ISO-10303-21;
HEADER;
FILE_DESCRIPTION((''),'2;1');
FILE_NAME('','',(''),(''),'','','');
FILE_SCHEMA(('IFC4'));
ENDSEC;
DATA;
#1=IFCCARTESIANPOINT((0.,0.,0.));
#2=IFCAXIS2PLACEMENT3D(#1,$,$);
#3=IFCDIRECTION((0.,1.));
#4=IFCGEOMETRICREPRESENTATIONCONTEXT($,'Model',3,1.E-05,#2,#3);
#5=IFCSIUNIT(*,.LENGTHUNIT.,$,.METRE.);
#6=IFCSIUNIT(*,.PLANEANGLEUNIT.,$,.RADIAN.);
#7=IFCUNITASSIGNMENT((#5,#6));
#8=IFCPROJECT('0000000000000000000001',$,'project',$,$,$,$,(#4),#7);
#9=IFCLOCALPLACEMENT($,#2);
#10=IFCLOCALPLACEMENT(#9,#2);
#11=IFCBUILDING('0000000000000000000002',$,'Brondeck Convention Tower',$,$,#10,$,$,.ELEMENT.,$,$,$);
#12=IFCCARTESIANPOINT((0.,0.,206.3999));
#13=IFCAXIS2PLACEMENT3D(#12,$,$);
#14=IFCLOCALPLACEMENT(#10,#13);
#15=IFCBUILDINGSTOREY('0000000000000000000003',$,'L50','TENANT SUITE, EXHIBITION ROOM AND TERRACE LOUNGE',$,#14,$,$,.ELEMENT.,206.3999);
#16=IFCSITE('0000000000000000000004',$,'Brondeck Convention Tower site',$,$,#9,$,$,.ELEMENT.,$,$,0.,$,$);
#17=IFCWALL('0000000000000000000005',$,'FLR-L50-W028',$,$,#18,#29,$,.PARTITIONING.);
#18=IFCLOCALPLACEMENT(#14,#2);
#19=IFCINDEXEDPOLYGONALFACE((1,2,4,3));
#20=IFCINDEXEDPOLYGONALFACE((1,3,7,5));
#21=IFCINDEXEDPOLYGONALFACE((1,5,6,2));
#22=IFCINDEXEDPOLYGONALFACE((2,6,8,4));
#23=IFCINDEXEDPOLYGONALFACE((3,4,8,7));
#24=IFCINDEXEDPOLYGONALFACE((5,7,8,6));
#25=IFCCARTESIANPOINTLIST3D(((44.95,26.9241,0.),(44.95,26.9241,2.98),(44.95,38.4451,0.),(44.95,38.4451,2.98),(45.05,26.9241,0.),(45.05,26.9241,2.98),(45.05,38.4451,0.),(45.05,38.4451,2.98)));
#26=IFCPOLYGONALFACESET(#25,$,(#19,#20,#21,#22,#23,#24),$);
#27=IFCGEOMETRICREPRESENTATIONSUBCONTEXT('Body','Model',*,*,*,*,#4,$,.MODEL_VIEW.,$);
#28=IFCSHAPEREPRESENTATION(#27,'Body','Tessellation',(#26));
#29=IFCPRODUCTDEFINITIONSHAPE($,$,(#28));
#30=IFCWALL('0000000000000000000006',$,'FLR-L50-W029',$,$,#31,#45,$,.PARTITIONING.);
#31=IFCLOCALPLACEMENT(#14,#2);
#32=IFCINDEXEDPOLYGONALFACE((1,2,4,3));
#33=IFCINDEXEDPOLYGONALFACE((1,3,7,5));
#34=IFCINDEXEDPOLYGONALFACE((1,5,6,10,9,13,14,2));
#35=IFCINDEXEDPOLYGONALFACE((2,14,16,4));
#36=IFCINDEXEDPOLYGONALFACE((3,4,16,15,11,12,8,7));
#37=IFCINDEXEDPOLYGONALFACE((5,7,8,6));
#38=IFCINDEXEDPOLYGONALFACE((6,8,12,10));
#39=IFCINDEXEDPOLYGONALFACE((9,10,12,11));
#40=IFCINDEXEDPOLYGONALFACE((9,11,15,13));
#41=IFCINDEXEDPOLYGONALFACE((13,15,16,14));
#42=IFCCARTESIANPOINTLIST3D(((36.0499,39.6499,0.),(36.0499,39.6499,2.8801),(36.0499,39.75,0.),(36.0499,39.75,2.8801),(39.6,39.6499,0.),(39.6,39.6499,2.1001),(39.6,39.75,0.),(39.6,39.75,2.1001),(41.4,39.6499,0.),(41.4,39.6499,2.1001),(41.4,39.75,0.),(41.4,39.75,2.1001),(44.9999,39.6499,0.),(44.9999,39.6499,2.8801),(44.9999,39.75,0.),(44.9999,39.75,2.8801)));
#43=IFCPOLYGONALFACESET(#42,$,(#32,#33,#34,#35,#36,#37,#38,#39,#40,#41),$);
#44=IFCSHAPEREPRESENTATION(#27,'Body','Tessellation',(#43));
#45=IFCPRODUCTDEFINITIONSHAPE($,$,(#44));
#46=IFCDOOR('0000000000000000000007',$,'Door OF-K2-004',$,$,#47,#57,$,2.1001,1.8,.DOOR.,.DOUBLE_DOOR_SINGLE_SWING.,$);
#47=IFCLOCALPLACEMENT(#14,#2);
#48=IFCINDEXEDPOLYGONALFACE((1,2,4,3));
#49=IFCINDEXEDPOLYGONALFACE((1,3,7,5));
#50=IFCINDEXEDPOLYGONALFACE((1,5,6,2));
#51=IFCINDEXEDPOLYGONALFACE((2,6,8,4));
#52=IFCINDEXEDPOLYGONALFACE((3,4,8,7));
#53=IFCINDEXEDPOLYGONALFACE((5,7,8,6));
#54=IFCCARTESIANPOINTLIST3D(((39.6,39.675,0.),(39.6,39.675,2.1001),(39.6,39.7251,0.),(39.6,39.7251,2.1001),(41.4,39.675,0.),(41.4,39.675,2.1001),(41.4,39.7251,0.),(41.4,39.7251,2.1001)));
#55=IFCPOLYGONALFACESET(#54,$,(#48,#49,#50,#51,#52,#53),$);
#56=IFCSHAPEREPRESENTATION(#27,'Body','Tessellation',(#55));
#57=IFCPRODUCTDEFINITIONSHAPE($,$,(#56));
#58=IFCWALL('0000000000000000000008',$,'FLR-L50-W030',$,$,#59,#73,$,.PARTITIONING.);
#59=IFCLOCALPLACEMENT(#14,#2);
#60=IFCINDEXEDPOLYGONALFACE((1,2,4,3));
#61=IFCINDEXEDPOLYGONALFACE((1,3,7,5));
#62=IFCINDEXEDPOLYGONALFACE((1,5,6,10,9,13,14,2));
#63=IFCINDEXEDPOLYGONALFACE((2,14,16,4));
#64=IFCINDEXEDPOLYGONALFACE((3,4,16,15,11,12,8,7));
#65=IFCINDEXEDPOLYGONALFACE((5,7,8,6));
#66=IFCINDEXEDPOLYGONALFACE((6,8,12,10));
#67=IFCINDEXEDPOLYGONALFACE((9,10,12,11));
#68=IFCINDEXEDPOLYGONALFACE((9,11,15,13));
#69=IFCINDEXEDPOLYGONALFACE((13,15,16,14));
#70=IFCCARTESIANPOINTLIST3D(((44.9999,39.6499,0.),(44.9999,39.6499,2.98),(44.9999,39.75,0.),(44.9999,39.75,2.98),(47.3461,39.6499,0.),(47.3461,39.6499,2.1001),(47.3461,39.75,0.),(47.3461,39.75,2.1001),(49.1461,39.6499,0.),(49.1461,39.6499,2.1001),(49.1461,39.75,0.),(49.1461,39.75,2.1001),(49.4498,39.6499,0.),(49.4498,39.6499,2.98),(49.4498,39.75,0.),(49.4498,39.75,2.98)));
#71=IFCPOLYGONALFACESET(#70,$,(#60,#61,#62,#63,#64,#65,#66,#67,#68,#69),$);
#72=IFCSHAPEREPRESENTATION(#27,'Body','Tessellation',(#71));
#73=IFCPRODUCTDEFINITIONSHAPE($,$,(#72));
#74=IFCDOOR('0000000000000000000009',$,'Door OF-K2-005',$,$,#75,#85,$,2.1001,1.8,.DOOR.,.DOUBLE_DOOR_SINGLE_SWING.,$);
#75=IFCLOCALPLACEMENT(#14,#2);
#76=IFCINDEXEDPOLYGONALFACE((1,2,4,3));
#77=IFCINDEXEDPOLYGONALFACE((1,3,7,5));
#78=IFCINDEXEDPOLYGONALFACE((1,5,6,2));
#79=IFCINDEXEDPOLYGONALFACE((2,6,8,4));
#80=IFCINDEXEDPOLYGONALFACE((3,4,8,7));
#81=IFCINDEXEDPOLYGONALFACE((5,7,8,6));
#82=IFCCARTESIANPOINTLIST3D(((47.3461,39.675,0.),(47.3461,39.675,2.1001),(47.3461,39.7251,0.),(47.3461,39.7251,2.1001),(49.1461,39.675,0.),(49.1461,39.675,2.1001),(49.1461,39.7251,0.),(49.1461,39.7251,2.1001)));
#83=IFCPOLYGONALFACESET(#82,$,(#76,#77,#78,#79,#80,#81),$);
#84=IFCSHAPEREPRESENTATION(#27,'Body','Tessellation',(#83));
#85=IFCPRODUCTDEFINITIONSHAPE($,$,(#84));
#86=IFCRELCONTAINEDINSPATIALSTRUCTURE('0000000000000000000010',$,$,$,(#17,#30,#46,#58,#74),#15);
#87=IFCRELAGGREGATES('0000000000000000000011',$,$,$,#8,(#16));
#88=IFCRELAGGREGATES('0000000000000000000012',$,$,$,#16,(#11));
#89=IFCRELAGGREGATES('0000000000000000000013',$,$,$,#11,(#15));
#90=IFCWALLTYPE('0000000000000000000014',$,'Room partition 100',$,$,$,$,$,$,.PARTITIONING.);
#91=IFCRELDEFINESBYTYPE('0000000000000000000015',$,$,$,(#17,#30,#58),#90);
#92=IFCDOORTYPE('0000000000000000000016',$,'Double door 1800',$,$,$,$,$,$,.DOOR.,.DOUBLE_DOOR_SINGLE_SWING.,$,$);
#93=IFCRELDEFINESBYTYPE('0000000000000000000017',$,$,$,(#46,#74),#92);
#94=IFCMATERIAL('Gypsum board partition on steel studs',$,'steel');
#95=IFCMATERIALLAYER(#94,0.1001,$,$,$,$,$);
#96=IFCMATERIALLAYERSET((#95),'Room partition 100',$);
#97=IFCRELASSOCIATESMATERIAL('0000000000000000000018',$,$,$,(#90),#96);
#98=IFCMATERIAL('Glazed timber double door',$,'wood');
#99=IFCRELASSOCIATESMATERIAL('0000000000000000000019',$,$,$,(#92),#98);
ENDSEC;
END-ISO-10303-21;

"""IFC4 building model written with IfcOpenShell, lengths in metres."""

from ifc_helpers import new_model, si_unit, direction, frame, frame_2d, origin, place, context, subcontext, project, spatial, rectangle, extrude, material, layer, layer_set, type_object, element, fill, save


model = new_model("IFC4")

# Units and contexts
model_context = context("Model", 3, precision=1e-05, world=origin(), true_north=direction((0.0, 1.0)))
body_context = subcontext(model_context, "Body", "Model", "MODEL_VIEW")
ifc_project = project(units=[si_unit("LENGTHUNIT", "METRE"), si_unit("PLANEANGLEUNIT", "RADIAN")], contexts=[model_context])

# Site, building, storey
site_placement = place(None, origin())
site = spatial("IfcSite", under=ifc_project, at=site_placement, Name="Brondeck Convention Tower site", CompositionType="ELEMENT", RefElevation=0.0)
building_placement = place(site_placement, origin())
building = spatial("IfcBuilding", under=site, at=building_placement, Name="Brondeck Convention Tower", CompositionType="ELEMENT")
storey_placement = place(building_placement, frame((0.0, 0.0, 206.3999)))
storey = spatial("IfcBuildingStorey", under=building, at=storey_placement, Name="L50", Description="TENANT SUITE, EXHIBITION ROOM AND TERRACE LOUNGE", CompositionType="ELEMENT", Elevation=206.3999)

# Wall
ifc_material_1 = material(Name="Gypsum board partition on steel studs", Category="steel")
ifc_layer_1 = layer(ifc_material_1, 0.1001)
ifc_layer_set_1 = layer_set([ifc_layer_1], Name="Room partition 100")
wall_type_1 = type_object("IfcWallType", Name="Room partition 100", PredefinedType="PARTITIONING", material=ifc_layer_set_1)
wall_1_placement = place(storey_placement, frame((45.0, 38.4451, 0.0), z_axis=(0.0, 0.0, 1.0), x_axis=(0.0, -1.0, 0.0)))
element("IfcWall", 1, at=wall_1_placement, inside=storey, type_object=wall_type_1, Name="FLR-L50-W028", PredefinedType="PARTITIONING", context=body_context, shape_type="SweptSolid", body=[
    extrude(rectangle(XDim=11.521, YDim=0.1001, at=frame_2d((5.7605, 0.0))), origin(), (0.0, 0.0, 1.0), 2.98),
])

# Walls, openings, doors
wall_2_placement = place(storey_placement, frame((45.0, 39.7, 0.0), z_axis=(0.0, 0.0, 1.0), x_axis=(-1.0, 0.0, 0.0)))
wall_2 = element("IfcWall", 2, at=wall_2_placement, inside=storey, type_object=wall_type_1, Name="FLR-L50-W029", PredefinedType="PARTITIONING", context=body_context, shape_type="SweptSolid", body=[
    extrude(rectangle(XDim=8.95, YDim=0.1001, at=frame_2d((4.4751, 0.0))), origin(), (0.0, 0.0, 1.0), 2.8801),
])
opening_1_placement = place(wall_2_placement, frame((3.6001, 0.0, 0.0)))
opening_1 = element("IfcOpeningElement", 3, at=opening_1_placement, cuts=wall_2, PredefinedType="OPENING", context=body_context, shape_type="SweptSolid", body=[
    extrude(rectangle(XDim=1.8, YDim=2.1001, at=frame_2d((0.8999, 1.05))), frame((0.0, 0.0601, 0.0), z_axis=(0.0, -1.0, 0.0), x_axis=(1.0, 0.0, 0.0)), (0.0, 0.0, 1.0), 0.1201),
])
ifc_material_2 = material(Name="Glazed timber double door", Category="wood")
door_type = type_object("IfcDoorType", Name="Double door 1800", OperationType="DOUBLE_DOOR_SINGLE_SWING", PredefinedType="DOOR", material=ifc_material_2)
door_1_placement = place(opening_1_placement, origin())
door_1 = element("IfcDoor", 4, at=door_1_placement, inside=storey, type_object=door_type, Name="Door OF-K2-004", OperationType="DOUBLE_DOOR_SINGLE_SWING", OverallHeight=2.1001, OverallWidth=1.8, PredefinedType="DOOR", context=body_context, shape_type="SweptSolid", body=[
    extrude(rectangle(XDim=1.8, YDim=2.1001, at=frame_2d((0.8999, 1.05))), frame((0.0, 0.0249, 0.0), z_axis=(0.0, -1.0, 0.0), x_axis=(1.0, 0.0, 0.0)), (0.0, 0.0, 1.0), 0.05),
])
fill(opening_1, door_1)
wall_3_placement = place(storey_placement, frame((49.45, 39.7, 0.0), z_axis=(0.0, 0.0, 1.0), x_axis=(-1.0, 0.0, 0.0)))
wall_3 = element("IfcWall", 5, at=wall_3_placement, inside=storey, type_object=wall_type_1, Name="FLR-L50-W030", PredefinedType="PARTITIONING", context=body_context, shape_type="SweptSolid", body=[
    extrude(rectangle(XDim=4.45, YDim=0.1001, at=frame_2d((2.2251, 0.0))), origin(), (0.0, 0.0, 1.0), 2.98),
])
opening_2_placement = place(wall_3_placement, frame((0.304, 0.0, 0.0)))
opening_2 = element("IfcOpeningElement", 6, at=opening_2_placement, cuts=wall_3, PredefinedType="OPENING", context=body_context, shape_type="SweptSolid", body=[
    extrude(rectangle(XDim=1.8, YDim=2.1001, at=frame_2d((0.8999, 1.05))), frame((0.0, 0.0601, 0.0), z_axis=(0.0, -1.0, 0.0), x_axis=(1.0, 0.0, 0.0)), (0.0, 0.0, 1.0), 0.1201),
])
door_2_placement = place(opening_2_placement, origin())
door_2 = element("IfcDoor", 7, at=door_2_placement, inside=storey, type_object=door_type, Name="Door OF-K2-005", OperationType="DOUBLE_DOOR_SINGLE_SWING", OverallHeight=2.1001, OverallWidth=1.8, PredefinedType="DOOR", context=body_context, shape_type="SweptSolid", body=[
    extrude(rectangle(XDim=1.8, YDim=2.1001, at=frame_2d((0.8999, 1.05))), frame((0.0, 0.0249, 0.0), z_axis=(0.0, -1.0, 0.0), x_axis=(1.0, 0.0, 0.0)), (0.0, 0.0, 1.0), 0.05),
])
fill(opening_2, door_2)

save(model, "model.ifc")
